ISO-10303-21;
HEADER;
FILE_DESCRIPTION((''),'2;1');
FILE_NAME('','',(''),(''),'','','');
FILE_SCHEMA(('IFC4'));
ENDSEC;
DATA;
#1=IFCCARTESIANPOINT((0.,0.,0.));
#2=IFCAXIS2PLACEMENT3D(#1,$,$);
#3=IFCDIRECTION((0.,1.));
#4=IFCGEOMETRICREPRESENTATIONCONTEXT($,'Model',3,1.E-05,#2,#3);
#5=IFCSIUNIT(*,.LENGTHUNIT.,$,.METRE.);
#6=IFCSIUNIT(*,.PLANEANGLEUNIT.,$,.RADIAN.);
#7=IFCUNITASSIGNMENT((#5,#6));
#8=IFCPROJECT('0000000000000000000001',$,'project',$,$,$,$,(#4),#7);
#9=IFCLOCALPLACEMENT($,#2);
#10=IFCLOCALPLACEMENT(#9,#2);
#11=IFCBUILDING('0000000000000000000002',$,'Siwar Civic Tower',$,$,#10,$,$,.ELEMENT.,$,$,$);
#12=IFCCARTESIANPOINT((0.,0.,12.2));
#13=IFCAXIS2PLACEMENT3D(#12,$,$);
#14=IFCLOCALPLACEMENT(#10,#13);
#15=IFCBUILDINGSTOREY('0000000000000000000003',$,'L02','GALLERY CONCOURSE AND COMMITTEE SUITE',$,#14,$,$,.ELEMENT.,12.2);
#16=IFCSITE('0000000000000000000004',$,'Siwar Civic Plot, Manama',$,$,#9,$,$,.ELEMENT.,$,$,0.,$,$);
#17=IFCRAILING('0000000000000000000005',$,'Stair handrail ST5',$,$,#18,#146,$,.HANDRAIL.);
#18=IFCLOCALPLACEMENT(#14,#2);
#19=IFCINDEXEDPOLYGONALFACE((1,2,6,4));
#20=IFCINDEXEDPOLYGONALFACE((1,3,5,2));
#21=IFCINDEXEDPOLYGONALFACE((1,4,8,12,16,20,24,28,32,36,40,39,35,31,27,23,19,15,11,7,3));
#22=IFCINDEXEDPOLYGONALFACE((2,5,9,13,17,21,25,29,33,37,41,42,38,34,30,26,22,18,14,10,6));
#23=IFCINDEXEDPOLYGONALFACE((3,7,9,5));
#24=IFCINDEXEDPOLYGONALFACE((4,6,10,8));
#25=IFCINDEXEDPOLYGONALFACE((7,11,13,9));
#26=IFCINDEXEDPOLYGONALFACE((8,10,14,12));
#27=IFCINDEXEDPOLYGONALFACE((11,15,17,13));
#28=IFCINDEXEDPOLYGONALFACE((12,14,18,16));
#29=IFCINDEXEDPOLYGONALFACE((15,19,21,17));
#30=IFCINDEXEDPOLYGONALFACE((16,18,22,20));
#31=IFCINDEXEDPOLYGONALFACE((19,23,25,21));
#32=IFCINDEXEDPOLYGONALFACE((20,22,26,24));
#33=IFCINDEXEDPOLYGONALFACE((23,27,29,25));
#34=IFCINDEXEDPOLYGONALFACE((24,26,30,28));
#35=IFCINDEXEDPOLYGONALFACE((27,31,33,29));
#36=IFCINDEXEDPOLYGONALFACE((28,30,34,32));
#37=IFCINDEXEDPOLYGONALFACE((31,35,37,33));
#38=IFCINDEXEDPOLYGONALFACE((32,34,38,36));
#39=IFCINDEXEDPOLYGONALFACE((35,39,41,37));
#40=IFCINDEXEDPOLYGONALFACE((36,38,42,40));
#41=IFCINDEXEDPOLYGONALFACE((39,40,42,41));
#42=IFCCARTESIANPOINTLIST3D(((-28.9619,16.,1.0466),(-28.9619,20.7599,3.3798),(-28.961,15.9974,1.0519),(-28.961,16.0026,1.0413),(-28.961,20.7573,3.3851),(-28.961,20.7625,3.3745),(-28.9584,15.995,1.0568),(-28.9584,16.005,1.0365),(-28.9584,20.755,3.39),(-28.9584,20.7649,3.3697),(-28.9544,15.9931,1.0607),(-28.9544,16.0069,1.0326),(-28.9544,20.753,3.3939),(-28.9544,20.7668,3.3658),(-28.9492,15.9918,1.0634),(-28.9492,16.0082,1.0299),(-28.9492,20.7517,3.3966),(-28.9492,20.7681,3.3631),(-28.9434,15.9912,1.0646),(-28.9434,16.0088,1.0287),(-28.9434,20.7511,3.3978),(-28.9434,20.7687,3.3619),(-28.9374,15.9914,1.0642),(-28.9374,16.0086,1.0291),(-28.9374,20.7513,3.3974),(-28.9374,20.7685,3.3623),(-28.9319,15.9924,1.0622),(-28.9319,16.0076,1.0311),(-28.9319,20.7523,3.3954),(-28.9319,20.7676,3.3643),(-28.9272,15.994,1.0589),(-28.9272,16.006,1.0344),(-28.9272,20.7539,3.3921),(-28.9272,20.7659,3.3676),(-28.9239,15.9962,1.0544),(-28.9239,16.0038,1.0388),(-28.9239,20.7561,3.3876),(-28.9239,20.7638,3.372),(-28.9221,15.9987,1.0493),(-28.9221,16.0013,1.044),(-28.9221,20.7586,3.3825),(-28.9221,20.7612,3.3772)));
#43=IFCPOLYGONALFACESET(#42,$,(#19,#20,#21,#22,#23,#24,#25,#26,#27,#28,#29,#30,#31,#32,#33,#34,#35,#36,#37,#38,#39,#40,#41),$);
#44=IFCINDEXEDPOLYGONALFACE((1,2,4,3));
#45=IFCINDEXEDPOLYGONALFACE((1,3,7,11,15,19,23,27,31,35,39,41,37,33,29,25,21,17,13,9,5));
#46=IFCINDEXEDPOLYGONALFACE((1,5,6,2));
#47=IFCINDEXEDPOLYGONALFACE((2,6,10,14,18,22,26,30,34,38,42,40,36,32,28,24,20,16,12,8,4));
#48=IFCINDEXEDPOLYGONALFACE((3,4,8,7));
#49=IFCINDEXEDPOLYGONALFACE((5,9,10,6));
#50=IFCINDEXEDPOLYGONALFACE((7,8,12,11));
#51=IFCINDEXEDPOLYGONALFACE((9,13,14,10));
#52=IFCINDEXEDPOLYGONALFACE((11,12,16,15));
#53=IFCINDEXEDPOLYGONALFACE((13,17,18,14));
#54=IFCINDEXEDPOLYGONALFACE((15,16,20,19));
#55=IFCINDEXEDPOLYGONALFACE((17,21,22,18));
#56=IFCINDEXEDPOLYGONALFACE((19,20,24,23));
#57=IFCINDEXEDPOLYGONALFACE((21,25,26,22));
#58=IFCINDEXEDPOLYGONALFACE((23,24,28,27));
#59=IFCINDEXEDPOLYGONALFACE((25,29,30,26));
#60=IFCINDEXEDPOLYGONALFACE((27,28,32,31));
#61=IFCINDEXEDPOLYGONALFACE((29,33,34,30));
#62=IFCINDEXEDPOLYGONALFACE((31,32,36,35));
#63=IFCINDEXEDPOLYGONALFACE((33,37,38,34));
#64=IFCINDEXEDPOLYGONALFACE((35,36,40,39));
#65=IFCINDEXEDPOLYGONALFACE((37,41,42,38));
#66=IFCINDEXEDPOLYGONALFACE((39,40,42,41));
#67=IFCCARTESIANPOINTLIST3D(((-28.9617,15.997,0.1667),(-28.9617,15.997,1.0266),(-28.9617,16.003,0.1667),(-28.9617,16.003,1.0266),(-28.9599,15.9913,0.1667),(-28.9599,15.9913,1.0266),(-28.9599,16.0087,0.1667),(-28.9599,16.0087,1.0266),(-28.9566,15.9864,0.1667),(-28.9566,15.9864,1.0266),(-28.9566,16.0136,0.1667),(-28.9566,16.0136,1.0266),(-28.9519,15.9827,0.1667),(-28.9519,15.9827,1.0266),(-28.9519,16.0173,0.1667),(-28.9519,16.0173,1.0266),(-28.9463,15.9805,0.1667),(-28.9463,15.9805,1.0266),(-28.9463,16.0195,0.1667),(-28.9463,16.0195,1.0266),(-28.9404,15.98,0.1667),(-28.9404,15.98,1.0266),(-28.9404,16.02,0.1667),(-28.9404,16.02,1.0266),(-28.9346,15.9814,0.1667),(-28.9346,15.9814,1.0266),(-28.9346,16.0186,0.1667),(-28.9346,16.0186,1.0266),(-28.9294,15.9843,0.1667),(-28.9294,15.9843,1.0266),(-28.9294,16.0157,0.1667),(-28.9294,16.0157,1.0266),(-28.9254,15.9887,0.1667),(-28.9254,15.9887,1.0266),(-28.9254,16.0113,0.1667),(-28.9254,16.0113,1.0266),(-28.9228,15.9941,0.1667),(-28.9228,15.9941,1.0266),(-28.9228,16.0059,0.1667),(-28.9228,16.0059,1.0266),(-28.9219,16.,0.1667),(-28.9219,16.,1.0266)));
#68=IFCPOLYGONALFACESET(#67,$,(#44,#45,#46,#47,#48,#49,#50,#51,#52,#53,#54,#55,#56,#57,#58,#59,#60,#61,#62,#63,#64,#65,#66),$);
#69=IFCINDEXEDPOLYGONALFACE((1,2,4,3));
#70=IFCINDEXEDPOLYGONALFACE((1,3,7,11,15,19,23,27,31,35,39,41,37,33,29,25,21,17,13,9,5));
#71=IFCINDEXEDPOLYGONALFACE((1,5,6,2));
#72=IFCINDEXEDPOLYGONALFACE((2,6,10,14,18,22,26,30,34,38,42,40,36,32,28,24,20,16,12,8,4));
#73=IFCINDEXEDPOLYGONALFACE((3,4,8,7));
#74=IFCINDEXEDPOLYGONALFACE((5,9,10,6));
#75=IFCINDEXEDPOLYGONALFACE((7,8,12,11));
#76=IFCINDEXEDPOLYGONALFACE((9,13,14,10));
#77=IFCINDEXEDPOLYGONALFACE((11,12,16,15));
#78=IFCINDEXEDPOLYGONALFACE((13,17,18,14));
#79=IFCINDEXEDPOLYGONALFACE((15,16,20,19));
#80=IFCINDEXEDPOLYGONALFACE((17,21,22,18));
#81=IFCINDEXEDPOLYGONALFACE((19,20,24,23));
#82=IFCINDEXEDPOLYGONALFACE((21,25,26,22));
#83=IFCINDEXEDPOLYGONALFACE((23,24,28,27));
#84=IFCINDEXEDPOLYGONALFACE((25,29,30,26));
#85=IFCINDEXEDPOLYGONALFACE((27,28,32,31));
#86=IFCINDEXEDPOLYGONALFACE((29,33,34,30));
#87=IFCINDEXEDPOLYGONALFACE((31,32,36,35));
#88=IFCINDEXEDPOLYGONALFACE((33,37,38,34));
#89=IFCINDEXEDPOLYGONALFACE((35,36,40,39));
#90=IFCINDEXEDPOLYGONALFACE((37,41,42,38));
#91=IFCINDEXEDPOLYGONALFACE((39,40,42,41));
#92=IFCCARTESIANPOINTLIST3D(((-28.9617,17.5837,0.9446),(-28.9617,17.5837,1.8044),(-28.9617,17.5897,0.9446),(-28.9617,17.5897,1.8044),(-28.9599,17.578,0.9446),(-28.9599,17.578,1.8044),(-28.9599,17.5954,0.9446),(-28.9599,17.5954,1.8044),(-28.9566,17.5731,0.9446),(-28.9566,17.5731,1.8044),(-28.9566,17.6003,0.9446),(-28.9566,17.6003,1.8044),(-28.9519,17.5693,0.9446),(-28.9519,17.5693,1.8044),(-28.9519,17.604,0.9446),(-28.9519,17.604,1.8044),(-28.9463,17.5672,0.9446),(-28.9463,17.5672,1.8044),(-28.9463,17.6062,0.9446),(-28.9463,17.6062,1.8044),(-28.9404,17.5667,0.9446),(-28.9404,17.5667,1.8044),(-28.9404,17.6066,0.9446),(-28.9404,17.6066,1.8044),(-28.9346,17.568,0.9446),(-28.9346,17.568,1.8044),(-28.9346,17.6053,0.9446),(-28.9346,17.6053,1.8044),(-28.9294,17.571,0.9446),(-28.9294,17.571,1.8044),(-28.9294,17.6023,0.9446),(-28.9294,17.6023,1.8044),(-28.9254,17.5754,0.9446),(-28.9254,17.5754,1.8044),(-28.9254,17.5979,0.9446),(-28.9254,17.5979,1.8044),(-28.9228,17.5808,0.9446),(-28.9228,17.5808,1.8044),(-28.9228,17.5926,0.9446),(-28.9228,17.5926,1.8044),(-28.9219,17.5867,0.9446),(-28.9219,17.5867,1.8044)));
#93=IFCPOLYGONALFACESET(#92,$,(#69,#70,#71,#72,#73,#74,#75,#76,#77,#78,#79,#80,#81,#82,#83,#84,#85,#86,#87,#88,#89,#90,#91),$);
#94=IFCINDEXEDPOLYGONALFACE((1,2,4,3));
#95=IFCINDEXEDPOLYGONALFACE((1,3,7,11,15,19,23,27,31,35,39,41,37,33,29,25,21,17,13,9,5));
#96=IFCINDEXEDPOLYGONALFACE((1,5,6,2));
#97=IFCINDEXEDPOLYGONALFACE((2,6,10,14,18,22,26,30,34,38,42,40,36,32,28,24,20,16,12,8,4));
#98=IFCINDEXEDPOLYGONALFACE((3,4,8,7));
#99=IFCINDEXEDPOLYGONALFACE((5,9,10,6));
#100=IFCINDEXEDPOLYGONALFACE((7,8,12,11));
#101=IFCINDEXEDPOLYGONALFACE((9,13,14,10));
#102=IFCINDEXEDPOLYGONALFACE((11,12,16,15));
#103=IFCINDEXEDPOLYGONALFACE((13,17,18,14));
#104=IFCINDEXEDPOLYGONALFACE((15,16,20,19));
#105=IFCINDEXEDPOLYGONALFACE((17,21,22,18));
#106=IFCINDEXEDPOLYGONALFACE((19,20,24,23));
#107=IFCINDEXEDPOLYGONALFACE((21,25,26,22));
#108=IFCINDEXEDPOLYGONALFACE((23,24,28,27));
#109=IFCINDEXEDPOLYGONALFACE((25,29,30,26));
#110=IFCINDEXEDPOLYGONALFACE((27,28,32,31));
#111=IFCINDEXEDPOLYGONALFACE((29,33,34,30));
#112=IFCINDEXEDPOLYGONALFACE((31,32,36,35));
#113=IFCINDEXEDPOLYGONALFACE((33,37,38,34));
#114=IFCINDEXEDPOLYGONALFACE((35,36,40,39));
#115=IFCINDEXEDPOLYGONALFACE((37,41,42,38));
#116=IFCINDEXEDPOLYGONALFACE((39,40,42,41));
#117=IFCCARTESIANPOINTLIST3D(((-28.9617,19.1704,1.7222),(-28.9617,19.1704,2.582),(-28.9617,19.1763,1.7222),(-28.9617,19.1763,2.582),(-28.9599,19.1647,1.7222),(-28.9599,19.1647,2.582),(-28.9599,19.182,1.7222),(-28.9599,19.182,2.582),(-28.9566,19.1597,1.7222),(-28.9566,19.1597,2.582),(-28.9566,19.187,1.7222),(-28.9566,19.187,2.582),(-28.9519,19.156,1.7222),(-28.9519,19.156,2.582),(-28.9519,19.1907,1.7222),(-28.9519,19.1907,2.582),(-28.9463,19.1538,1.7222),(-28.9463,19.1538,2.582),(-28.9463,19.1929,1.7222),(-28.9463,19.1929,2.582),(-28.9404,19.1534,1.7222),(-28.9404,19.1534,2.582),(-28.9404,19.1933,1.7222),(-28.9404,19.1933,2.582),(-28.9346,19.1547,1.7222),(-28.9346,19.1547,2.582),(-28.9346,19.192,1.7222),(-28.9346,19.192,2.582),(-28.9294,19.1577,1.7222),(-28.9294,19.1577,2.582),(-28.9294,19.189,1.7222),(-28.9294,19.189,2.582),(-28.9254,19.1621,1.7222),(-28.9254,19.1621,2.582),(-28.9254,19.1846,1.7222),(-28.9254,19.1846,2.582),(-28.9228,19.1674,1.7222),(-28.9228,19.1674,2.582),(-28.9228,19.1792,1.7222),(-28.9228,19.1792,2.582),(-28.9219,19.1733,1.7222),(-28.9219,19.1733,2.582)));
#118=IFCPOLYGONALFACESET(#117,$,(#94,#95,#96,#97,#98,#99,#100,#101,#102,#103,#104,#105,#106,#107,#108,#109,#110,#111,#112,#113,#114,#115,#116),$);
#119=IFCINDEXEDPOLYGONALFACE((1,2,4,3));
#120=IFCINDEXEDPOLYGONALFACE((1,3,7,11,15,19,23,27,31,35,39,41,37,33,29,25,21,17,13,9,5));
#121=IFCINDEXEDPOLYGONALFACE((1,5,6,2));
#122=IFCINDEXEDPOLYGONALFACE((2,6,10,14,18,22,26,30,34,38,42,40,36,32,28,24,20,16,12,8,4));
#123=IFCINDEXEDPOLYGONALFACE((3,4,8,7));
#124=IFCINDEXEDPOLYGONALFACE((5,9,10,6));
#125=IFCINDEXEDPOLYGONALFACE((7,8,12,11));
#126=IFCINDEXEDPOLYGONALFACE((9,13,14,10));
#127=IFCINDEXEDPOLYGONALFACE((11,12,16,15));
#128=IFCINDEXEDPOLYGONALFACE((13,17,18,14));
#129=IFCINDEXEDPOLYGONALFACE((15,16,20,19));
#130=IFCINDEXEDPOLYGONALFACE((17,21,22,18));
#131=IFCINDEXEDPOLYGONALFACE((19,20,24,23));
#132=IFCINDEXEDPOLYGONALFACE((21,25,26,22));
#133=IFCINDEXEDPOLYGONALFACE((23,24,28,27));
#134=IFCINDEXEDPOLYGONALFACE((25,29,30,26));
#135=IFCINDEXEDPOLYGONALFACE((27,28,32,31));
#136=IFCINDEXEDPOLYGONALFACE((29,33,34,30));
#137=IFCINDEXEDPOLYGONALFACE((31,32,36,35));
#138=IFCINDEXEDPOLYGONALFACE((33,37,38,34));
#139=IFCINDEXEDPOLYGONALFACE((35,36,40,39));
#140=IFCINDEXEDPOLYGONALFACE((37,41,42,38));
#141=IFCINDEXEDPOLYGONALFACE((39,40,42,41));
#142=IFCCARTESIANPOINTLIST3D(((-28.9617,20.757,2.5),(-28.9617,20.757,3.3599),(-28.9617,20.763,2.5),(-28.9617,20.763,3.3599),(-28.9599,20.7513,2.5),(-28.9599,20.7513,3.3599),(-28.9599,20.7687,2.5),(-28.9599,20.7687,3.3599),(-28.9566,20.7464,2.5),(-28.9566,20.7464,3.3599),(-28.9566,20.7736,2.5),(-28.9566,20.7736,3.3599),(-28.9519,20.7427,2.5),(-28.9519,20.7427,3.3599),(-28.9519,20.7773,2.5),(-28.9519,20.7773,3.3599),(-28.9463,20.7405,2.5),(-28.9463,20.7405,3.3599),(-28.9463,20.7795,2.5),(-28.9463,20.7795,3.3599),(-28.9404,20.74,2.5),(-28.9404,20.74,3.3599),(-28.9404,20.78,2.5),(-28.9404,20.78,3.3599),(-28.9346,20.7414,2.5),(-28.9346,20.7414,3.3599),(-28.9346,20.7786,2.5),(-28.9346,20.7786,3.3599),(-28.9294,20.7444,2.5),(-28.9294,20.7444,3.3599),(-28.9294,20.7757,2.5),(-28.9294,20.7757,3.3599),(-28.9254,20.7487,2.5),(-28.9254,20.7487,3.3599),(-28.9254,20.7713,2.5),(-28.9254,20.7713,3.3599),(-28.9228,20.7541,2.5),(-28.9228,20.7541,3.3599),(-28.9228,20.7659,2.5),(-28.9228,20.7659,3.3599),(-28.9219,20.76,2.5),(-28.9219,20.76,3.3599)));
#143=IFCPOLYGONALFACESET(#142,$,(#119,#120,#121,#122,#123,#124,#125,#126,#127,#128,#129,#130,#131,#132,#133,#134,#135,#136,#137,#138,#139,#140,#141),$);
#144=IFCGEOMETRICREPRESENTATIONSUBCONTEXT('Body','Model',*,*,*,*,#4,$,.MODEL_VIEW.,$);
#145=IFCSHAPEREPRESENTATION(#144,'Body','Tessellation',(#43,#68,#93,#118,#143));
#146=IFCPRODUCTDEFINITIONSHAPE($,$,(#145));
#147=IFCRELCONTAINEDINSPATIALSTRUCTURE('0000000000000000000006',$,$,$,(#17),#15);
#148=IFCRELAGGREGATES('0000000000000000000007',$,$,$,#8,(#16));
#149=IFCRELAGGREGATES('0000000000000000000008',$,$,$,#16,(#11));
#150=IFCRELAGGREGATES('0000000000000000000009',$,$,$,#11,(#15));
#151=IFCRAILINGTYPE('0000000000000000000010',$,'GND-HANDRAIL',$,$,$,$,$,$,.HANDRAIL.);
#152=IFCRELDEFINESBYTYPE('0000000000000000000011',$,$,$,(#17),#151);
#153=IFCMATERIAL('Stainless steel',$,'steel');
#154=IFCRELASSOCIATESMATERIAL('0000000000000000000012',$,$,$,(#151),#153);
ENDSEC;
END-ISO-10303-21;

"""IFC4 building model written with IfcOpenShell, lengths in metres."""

from ifc_helpers import new_model, si_unit, direction, frame, origin, origin_2d, place, context, subcontext, project, spatial, circle, extrude, material, type_object, element, save


model = new_model("IFC4")

# Units and contexts
model_context = context("Model", 3, precision=1e-05, world=origin(), true_north=direction((0.0, 1.0)))
body_context = subcontext(model_context, "Body", "Model", "MODEL_VIEW")
ifc_project = project(units=[si_unit("LENGTHUNIT", "METRE"), si_unit("PLANEANGLEUNIT", "RADIAN")], contexts=[model_context])

# Site, building, storey
site_placement = place(None, origin())
site = spatial("IfcSite", under=ifc_project, at=site_placement, Name="Siwar Civic Plot, Manama", CompositionType="ELEMENT", RefElevation=0.0)
building_placement = place(site_placement, origin())
building = spatial("IfcBuilding", under=site, at=building_placement, Name="Siwar Civic Tower", CompositionType="ELEMENT")
storey_placement = place(building_placement, frame((0.0, 0.0, 12.2)))
storey = spatial("IfcBuildingStorey", under=building, at=storey_placement, Name="L02", Description="GALLERY CONCOURSE AND COMMITTEE SUITE", CompositionType="ELEMENT", Elevation=12.2)

# Railing
ifc_material_1 = material(Name="Stainless steel", Category="steel")
railing_type = type_object("IfcRailingType", Name="GND-HANDRAIL", PredefinedType="HANDRAIL", material=ifc_material_1)
railing_1_placement = place(storey_placement, frame((-28.9419, 16.0, 0.1667)))
element("IfcRailing", 1, at=railing_1_placement, inside=storey, type_object=railing_type, Name="Stair handrail ST5", PredefinedType="HANDRAIL", context=body_context, shape_type="SweptSolid", body=[
    extrude(circle(Radius=0.02, at=origin_2d()), frame((0.0, 0.0, 0.8799), z_axis=(0.0, 0.897927, 0.440144), x_axis=(-1.0, 0.0, 0.0)), (0.0, 0.0, 1.0), 5.301),
    extrude(circle(Radius=0.02, at=origin_2d()), origin(), (0.0, 0.0, 1.0), 0.8599),
    extrude(circle(Radius=0.02, at=origin_2d()), frame((0.0, 1.5867, 0.7778)), (0.0, 0.0, 1.0), 0.8599),
    extrude(circle(Radius=0.02, at=origin_2d()), frame((0.0, 3.1733, 1.5554)), (0.0, 0.0, 1.0), 0.8599),
    extrude(circle(Radius=0.02, at=origin_2d()), frame((0.0, 4.76, 2.3333)), (0.0, 0.0, 1.0), 0.8599),
])

save(model, "model.ifc")
